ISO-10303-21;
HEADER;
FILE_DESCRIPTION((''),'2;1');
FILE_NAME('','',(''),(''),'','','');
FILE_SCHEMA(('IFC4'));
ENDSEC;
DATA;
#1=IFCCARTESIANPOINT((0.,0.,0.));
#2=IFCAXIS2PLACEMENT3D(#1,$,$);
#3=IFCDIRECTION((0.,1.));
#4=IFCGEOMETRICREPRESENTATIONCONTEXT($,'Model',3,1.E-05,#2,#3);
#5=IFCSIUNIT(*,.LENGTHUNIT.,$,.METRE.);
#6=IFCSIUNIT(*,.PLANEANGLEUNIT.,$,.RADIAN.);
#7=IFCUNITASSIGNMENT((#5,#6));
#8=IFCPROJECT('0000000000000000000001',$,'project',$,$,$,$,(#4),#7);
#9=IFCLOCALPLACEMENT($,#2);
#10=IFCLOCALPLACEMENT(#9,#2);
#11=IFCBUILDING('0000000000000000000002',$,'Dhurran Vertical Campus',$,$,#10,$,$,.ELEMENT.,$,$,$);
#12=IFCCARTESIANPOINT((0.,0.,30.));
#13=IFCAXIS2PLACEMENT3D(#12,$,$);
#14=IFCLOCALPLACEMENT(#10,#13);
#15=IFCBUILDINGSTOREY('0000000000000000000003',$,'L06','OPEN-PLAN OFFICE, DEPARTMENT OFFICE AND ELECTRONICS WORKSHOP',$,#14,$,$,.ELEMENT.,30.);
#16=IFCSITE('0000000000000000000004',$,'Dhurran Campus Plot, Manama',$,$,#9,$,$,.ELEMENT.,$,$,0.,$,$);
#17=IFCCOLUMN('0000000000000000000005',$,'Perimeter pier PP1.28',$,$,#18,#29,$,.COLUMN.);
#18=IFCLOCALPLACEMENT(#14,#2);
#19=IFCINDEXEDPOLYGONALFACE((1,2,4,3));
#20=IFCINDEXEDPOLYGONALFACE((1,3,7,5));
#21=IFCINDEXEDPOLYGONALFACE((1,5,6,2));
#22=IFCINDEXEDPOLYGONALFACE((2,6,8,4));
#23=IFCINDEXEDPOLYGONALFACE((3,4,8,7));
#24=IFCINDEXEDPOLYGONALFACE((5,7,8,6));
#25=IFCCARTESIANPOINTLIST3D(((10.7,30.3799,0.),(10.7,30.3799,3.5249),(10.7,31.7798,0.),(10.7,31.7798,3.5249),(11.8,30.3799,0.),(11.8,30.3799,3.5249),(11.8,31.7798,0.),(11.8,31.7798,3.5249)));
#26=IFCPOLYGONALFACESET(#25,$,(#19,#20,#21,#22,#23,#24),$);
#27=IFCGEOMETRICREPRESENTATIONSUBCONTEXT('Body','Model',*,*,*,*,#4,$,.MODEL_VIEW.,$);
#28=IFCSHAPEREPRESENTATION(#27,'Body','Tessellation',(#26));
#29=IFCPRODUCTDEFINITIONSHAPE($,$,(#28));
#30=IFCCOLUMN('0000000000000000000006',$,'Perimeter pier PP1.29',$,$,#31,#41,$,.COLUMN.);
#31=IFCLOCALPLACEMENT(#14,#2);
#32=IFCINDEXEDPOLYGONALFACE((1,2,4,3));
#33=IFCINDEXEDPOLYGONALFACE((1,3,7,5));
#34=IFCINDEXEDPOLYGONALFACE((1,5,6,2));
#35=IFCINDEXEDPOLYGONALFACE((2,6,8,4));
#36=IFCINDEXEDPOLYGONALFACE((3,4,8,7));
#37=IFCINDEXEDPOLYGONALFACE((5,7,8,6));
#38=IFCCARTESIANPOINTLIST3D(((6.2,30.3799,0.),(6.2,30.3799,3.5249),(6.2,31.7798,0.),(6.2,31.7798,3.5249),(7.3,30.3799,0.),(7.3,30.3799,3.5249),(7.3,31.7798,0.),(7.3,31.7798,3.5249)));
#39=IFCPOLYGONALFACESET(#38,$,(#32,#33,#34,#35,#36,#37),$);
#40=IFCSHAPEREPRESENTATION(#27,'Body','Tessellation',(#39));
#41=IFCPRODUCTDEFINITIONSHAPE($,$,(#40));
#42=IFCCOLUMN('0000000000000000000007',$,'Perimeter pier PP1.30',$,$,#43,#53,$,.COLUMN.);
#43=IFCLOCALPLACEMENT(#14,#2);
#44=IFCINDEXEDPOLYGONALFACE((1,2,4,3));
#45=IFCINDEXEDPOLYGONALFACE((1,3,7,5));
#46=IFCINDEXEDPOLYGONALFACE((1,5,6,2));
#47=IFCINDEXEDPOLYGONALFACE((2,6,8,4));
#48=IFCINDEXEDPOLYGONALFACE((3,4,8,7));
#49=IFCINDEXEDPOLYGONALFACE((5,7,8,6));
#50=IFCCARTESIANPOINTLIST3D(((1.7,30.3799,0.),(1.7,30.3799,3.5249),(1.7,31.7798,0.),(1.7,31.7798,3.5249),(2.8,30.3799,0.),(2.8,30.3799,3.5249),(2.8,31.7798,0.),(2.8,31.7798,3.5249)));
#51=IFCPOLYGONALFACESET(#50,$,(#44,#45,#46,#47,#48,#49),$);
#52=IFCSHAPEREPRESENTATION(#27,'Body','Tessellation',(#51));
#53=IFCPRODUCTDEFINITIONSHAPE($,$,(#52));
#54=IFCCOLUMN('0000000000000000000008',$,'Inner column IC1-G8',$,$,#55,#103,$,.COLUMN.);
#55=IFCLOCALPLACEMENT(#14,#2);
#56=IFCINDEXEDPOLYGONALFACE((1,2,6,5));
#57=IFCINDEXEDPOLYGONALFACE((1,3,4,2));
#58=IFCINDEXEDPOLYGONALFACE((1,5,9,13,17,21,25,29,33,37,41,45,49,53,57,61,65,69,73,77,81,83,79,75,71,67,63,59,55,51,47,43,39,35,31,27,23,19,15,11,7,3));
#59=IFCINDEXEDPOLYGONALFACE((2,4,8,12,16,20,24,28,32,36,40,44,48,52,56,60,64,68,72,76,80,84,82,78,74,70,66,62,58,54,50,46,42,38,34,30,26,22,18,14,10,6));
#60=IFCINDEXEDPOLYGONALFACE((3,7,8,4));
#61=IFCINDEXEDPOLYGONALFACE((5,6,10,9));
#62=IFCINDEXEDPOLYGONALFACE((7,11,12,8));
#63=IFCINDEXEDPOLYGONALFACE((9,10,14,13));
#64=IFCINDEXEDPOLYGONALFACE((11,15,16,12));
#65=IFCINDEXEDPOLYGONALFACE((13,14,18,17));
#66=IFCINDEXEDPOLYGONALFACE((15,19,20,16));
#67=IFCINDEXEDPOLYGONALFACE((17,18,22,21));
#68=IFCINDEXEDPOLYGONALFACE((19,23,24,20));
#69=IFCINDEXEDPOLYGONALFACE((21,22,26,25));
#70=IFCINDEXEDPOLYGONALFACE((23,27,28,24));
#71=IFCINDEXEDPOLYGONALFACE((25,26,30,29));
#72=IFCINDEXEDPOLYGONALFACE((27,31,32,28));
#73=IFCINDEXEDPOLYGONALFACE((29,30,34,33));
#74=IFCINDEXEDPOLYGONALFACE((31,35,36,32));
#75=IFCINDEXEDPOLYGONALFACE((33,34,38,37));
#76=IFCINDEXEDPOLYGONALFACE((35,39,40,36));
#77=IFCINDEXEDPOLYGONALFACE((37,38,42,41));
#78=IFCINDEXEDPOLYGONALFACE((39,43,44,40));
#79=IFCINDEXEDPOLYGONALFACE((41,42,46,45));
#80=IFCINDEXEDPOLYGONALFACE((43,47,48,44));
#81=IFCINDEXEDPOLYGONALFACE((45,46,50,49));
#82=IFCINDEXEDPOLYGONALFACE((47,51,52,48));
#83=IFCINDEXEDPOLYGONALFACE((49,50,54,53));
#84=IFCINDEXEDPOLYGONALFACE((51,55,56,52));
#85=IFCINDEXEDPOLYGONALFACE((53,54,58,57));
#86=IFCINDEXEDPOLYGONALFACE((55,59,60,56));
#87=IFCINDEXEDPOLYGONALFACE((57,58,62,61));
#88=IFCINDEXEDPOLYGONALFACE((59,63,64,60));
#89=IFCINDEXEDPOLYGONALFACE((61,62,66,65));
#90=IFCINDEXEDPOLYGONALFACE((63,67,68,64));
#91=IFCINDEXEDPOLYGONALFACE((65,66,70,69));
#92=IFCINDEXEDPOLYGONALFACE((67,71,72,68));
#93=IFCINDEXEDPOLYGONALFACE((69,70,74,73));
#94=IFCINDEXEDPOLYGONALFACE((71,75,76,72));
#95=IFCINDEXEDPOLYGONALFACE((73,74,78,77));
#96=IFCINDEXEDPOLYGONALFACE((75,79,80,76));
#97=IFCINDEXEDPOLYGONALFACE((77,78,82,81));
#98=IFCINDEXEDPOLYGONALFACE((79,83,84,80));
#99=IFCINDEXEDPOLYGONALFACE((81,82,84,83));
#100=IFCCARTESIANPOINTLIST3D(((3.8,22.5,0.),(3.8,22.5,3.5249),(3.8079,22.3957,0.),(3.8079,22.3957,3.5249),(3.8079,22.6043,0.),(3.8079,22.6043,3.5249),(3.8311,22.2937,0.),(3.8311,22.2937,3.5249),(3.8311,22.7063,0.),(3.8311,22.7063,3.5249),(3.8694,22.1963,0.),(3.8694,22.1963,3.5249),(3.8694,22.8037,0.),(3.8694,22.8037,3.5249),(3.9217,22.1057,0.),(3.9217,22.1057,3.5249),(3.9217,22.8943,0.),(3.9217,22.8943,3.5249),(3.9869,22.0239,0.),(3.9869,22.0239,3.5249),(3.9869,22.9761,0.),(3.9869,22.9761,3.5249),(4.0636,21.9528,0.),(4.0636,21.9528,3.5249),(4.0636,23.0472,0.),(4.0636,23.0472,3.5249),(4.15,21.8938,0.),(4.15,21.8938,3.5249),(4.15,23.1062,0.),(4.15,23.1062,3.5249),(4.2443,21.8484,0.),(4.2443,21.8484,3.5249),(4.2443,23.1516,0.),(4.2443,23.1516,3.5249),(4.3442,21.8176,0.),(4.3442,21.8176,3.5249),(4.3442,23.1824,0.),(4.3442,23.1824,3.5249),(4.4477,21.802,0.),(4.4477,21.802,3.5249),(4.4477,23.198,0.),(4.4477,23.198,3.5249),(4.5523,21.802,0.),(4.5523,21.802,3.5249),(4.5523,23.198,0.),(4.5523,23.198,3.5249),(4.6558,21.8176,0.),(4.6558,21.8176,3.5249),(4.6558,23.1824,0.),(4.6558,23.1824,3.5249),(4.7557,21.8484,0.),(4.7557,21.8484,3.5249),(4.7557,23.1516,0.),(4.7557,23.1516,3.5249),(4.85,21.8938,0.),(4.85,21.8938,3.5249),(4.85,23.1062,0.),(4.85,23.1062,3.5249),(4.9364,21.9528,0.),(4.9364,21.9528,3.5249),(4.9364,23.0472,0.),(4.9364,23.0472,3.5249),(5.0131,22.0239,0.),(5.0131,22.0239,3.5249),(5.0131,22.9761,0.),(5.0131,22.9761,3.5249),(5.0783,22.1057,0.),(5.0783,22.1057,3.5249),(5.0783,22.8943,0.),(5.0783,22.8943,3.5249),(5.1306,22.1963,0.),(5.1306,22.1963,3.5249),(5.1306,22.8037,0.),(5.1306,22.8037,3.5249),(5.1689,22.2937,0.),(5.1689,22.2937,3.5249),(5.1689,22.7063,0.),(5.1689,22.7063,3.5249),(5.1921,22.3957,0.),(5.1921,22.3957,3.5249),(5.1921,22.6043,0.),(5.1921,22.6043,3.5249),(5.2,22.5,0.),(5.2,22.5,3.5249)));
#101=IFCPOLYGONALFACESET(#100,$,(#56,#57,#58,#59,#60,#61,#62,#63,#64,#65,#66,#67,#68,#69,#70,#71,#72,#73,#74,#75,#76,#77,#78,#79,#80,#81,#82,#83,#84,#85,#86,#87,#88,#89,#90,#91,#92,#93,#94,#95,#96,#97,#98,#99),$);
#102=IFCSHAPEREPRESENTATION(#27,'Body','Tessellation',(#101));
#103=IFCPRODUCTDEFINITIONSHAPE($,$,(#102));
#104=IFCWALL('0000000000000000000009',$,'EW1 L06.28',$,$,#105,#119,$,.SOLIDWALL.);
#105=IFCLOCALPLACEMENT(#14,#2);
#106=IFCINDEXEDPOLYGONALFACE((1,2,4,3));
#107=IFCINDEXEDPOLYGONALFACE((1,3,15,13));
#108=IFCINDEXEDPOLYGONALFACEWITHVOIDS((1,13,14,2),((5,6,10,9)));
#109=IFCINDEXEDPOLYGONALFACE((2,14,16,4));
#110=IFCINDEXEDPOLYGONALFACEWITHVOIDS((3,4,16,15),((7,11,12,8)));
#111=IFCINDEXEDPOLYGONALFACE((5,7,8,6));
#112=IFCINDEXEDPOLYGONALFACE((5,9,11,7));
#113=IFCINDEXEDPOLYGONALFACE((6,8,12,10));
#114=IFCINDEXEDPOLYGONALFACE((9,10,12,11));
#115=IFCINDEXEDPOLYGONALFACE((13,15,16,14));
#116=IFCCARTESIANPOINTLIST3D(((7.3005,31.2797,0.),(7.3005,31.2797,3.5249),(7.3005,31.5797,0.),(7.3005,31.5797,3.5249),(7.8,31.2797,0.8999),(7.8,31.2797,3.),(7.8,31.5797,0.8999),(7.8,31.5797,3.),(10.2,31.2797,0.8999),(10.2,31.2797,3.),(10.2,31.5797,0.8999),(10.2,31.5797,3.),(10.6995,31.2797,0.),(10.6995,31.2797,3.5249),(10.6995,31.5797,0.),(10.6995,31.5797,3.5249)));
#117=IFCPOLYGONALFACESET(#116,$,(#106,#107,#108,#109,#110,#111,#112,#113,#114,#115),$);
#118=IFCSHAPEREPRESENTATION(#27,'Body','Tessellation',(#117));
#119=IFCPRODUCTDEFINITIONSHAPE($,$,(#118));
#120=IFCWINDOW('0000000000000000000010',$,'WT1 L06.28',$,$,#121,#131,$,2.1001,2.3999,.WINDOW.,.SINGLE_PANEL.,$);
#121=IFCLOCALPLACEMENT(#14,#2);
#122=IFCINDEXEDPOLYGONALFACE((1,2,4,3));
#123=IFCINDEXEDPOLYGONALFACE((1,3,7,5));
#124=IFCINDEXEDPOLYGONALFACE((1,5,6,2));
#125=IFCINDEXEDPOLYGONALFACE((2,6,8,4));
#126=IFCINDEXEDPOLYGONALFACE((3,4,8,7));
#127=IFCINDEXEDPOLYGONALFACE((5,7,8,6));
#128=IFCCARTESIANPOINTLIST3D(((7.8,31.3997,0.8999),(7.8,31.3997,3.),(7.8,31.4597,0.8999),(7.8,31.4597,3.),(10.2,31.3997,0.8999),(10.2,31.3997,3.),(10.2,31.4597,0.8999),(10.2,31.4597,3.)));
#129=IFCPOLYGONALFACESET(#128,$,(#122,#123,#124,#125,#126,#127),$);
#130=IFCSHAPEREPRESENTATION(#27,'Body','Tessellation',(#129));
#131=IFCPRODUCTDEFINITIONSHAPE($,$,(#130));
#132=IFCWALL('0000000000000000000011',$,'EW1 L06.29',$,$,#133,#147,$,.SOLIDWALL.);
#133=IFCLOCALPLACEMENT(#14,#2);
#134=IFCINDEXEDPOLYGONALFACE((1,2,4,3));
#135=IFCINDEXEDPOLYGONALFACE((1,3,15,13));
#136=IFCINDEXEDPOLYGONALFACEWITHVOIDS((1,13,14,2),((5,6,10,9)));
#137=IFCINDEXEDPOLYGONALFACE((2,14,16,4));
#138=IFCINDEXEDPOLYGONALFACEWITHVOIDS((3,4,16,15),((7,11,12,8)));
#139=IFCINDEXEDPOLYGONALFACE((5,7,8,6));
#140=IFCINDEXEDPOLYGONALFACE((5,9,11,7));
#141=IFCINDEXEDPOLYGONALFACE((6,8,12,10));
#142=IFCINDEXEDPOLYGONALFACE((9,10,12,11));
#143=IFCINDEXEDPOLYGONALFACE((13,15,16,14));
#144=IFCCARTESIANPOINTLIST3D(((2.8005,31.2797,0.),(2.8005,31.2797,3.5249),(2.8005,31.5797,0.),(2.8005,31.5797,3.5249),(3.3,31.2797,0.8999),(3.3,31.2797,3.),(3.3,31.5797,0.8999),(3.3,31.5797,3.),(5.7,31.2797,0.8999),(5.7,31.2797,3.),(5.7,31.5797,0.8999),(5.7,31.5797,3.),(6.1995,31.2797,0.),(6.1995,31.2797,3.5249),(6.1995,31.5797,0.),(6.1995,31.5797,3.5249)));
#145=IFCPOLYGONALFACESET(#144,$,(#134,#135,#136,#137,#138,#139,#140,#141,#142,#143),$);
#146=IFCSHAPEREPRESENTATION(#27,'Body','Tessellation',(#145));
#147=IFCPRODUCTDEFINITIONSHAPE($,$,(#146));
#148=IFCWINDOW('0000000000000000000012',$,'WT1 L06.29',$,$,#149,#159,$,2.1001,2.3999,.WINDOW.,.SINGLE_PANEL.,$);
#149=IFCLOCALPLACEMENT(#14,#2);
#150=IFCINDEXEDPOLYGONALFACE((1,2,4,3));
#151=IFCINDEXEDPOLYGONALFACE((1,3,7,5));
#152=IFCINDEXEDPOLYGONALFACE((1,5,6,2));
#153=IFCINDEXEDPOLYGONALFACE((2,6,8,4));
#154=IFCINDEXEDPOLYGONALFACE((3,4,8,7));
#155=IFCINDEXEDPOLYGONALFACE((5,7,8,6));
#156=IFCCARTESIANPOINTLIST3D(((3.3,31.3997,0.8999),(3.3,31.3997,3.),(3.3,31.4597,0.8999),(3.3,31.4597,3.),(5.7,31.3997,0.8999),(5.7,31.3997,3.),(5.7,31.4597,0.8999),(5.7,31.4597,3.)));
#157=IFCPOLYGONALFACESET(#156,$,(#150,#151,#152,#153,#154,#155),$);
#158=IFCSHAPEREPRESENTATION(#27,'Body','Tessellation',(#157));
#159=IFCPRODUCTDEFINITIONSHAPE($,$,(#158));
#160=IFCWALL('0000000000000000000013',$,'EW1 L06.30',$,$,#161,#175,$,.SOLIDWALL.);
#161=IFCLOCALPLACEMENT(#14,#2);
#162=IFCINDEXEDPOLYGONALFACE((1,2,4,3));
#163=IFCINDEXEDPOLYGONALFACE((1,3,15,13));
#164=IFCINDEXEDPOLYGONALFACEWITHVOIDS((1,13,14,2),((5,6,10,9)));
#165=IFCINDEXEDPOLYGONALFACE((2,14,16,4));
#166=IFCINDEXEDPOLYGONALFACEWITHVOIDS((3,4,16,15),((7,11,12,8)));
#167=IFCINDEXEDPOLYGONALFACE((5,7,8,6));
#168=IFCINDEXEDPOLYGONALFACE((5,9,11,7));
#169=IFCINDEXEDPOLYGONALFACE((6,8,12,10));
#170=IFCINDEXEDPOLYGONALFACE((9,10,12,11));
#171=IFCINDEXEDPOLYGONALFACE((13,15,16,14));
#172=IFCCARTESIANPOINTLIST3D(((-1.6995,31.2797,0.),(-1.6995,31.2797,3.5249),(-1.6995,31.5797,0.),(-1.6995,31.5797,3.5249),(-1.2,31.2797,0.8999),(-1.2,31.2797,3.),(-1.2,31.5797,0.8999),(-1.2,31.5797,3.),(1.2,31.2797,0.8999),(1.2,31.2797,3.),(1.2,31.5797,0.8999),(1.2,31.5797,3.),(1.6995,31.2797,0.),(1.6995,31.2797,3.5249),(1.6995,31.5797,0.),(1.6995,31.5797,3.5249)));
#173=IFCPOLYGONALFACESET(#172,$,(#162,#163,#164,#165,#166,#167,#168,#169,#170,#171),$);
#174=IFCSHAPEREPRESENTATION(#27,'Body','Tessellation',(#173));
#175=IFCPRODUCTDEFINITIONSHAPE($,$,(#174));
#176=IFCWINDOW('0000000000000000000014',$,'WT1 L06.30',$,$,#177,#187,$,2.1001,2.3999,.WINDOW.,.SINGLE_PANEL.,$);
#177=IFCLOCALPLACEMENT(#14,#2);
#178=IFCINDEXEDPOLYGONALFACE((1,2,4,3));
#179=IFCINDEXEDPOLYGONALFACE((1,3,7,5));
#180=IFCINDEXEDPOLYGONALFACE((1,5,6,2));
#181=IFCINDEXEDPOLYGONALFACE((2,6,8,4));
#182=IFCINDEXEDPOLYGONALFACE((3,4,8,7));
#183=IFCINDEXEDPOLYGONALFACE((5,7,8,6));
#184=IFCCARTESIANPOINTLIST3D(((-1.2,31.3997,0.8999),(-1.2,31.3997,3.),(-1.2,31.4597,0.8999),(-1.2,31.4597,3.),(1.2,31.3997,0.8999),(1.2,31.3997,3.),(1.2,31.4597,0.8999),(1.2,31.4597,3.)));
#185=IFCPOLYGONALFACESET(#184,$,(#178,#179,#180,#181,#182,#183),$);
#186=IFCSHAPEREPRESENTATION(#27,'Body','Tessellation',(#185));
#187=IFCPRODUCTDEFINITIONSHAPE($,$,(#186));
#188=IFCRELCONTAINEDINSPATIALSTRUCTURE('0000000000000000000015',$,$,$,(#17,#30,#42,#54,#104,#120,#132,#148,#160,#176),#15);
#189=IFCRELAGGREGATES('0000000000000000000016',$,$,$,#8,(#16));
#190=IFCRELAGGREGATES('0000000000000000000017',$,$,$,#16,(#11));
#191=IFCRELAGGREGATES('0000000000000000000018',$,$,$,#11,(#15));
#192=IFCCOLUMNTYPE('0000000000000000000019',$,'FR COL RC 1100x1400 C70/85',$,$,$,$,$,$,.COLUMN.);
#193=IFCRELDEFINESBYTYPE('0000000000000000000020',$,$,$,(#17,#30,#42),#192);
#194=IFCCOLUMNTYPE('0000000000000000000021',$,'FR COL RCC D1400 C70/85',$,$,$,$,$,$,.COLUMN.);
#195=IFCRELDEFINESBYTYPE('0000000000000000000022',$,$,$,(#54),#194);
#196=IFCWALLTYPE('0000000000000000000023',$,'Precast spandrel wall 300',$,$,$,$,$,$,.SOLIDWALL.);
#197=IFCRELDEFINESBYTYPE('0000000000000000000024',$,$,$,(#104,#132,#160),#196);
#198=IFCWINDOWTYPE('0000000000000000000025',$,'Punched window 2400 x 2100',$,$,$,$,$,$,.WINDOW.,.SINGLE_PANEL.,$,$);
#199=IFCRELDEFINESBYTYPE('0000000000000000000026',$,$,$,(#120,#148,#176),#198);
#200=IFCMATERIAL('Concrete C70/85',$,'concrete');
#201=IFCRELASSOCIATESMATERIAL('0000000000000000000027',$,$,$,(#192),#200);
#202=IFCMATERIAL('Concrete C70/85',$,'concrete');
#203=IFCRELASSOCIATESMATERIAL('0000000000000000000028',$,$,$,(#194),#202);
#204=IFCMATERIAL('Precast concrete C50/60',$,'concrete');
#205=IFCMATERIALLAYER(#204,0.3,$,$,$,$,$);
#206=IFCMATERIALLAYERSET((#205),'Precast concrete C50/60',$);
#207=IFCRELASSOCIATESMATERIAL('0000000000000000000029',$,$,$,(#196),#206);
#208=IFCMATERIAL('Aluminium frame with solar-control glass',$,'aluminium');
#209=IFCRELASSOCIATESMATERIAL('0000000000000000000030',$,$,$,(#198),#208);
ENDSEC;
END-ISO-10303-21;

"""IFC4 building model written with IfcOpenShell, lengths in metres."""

from ifc_helpers import new_model, si_unit, direction, frame, frame_2d, origin, origin_2d, place, context, subcontext, project, spatial, rectangle, circle, extrude, material, layer, layer_set, material_profile, profile_set, type_object, element, fill, save


model = new_model("IFC4")

# Units and contexts
model_context = context("Model", 3, precision=1e-05, world=origin(), true_north=direction((0.0, 1.0)))
body_context = subcontext(model_context, "Body", "Model", "MODEL_VIEW")
ifc_project = project(units=[si_unit("LENGTHUNIT", "METRE"), si_unit("PLANEANGLEUNIT", "RADIAN")], contexts=[model_context])

# Site, building, storey
site_placement = place(None, origin())
site = spatial("IfcSite", under=ifc_project, at=site_placement, Name="Dhurran Campus Plot, Manama", CompositionType="ELEMENT", RefElevation=0.0)
building_placement = place(site_placement, origin())
building = spatial("IfcBuilding", under=site, at=building_placement, Name="Dhurran Vertical Campus", CompositionType="ELEMENT")
storey_placement = place(building_placement, frame((0.0, 0.0, 30.0)))
storey = spatial("IfcBuildingStorey", under=building, at=storey_placement, Name="L06", Description="OPEN-PLAN OFFICE, DEPARTMENT OFFICE AND ELECTRONICS WORKSHOP", CompositionType="ELEMENT", Elevation=30.0)

# Columns
ifc_material_1 = material(Name="Concrete C70/85", Category="concrete")
ifc_material_profile_1 = material_profile(ifc_material_1, rectangle(XDim=1.1001, YDim=1.3999, at=origin_2d()), Name="RC 1100x1400")
ifc_profile_set_1 = profile_set([ifc_material_profile_1], Name="Concrete C70/85")
column_type_1 = type_object("IfcColumnType", Name="FR COL RC 1100x1400 C70/85", PredefinedType="COLUMN", material=ifc_profile_set_1)
for number, where, z_axis, x_axis, name in (
    (1, (11.25, 31.0798, 0.0), (0.0, 0.0, 1.0), (-1.0, 0.0, 0.0), "Perimeter pier PP1.28"),
    (2, (6.75, 31.0798, 0.0), (0.0, 0.0, 1.0), (-1.0, 0.0, 0.0), "Perimeter pier PP1.29"),
    (3, (2.25, 31.0798, 0.0), (0.0, 0.0, 1.0), (-1.0, 0.0, 0.0), "Perimeter pier PP1.30"),
):
    element("IfcColumn", number, at=place(storey_placement, frame(where, z_axis=z_axis, x_axis=x_axis)), inside=storey, type_object=column_type_1, Name=name, PredefinedType="COLUMN", context=body_context, shape_type="SweptSolid", body=[
        extrude(rectangle(XDim=1.1001, YDim=1.3999, at=origin_2d()), origin(), (0.0, 0.0, 1.0), 3.5249),
    ])
ifc_material_2 = material(Name="Concrete C70/85", Category="concrete")
ifc_material_profile_2 = material_profile(ifc_material_2, circle(Radius=0.7, at=origin_2d()), Name="RCC D1400")
ifc_profile_set_2 = profile_set([ifc_material_profile_2], Name="Concrete C70/85")
column_type_2 = type_object("IfcColumnType", Name="FR COL RCC D1400 C70/85", PredefinedType="COLUMN", material=ifc_profile_set_2)
column_placement = place(storey_placement, frame((4.5, 22.5, 0.0), z_axis=(0.0, 0.0, 1.0), x_axis=(1.0, 0.0, 0.0)))
element("IfcColumn", 4, at=column_placement, inside=storey, type_object=column_type_2, Name="Inner column IC1-G8", PredefinedType="COLUMN", context=body_context, shape_type="SweptSolid", body=[
    extrude(circle(Radius=0.7, at=origin_2d()), origin(), (0.0, 0.0, 1.0), 3.5249),
])

# Walls, openings, windows
ifc_material_3 = material(Name="Precast concrete C50/60", Category="concrete")
ifc_layer_1 = layer(ifc_material_3, 0.3)
ifc_layer_set_1 = layer_set([ifc_layer_1], Name="Precast concrete C50/60")
wall_type_1 = type_object("IfcWallType", Name="Precast spandrel wall 300", PredefinedType="SOLIDWALL", material=ifc_layer_set_1)
wall_1_placement = place(storey_placement, frame((10.6995, 31.4297, 0.0), z_axis=(0.0, 0.0, 1.0), x_axis=(-1.0, 0.0, 0.0)))
wall_1 = element("IfcWall", 5, at=wall_1_placement, inside=storey, type_object=wall_type_1, Name="EW1 L06.28", PredefinedType="SOLIDWALL", context=body_context, shape_type="SweptSolid", body=[
    extrude(rectangle(XDim=3.3989, YDim=0.3, at=frame_2d((1.6995, 0.0))), origin(), (0.0, 0.0, 1.0), 3.5249),
])
opening_1_placement = place(wall_1_placement, frame((0.4995, 0.0, 0.8999)))
opening_1 = element("IfcOpeningElement", 6, at=opening_1_placement, cuts=wall_1, PredefinedType="OPENING", context=body_context, shape_type="SweptSolid", body=[
    extrude(rectangle(XDim=2.3999, YDim=2.1001, at=frame_2d((1.2, 1.05))), frame((0.0, 0.1599, 0.0), z_axis=(0.0, -1.0, 0.0), x_axis=(1.0, 0.0, 0.0)), (0.0, 0.0, 1.0), 0.3201),
])
ifc_material_4 = material(Name="Aluminium frame with solar-control glass", Category="aluminium")
window_type = type_object("IfcWindowType", Name="Punched window 2400 x 2100", PartitioningType="SINGLE_PANEL", PredefinedType="WINDOW", material=ifc_material_4)
window_1_placement = place(opening_1_placement, origin())
window_1 = element("IfcWindow", 7, at=window_1_placement, inside=storey, type_object=window_type, Name="WT1 L06.28", OverallHeight=2.1001, OverallWidth=2.3999, PartitioningType="SINGLE_PANEL", PredefinedType="WINDOW", context=body_context, shape_type="SweptSolid", body=[
    extrude(rectangle(XDim=2.3999, YDim=2.1001, at=frame_2d((1.2, 1.05))), frame((0.0, 0.03, 0.0), z_axis=(0.0, -1.0, 0.0), x_axis=(1.0, 0.0, 0.0)), (0.0, 0.0, 1.0), 0.0601),
])
fill(opening_1, window_1)
wall_2_placement = place(storey_placement, frame((6.1995, 31.4297, 0.0), z_axis=(0.0, 0.0, 1.0), x_axis=(-1.0, 0.0, 0.0)))
wall_2 = element("IfcWall", 8, at=wall_2_placement, inside=storey, type_object=wall_type_1, Name="EW1 L06.29", PredefinedType="SOLIDWALL", context=body_context, shape_type="SweptSolid", body=[
    extrude(rectangle(XDim=3.3989, YDim=0.3, at=frame_2d((1.6995, 0.0))), origin(), (0.0, 0.0, 1.0), 3.5249),
])
opening_2_placement = place(wall_2_placement, frame((0.4995, 0.0, 0.8999)))
opening_2 = element("IfcOpeningElement", 9, at=opening_2_placement, cuts=wall_2, PredefinedType="OPENING", context=body_context, shape_type="SweptSolid", body=[
    extrude(rectangle(XDim=2.3999, YDim=2.1001, at=frame_2d((1.2, 1.05))), frame((0.0, 0.1599, 0.0), z_axis=(0.0, -1.0, 0.0), x_axis=(1.0, 0.0, 0.0)), (0.0, 0.0, 1.0), 0.3201),
])
window_2_placement = place(opening_2_placement, origin())
window_2 = element("IfcWindow", 10, at=window_2_placement, inside=storey, type_object=window_type, Name="WT1 L06.29", OverallHeight=2.1001, OverallWidth=2.3999, PartitioningType="SINGLE_PANEL", PredefinedType="WINDOW", context=body_context, shape_type="SweptSolid", body=[
    extrude(rectangle(XDim=2.3999, YDim=2.1001, at=frame_2d((1.2, 1.05))), frame((0.0, 0.03, 0.0), z_axis=(0.0, -1.0, 0.0), x_axis=(1.0, 0.0, 0.0)), (0.0, 0.0, 1.0), 0.0601),
])
fill(opening_2, window_2)
wall_3_placement = place(storey_placement, frame((1.6995, 31.4297, 0.0), z_axis=(0.0, 0.0, 1.0), x_axis=(-1.0, 0.0, 0.0)))
wall_3 = element("IfcWall", 11, at=wall_3_placement, inside=storey, type_object=wall_type_1, Name="EW1 L06.30", PredefinedType="SOLIDWALL", context=body_context, shape_type="SweptSolid", body=[
    extrude(rectangle(XDim=3.3989, YDim=0.3, at=frame_2d((1.6995, 0.0))), origin(), (0.0, 0.0, 1.0), 3.5249),
])
opening_3_placement = place(wall_3_placement, frame((0.4995, 0.0, 0.8999)))
opening_3 = element("IfcOpeningElement", 12, at=opening_3_placement, cuts=wall_3, PredefinedType="OPENING", context=body_context, shape_type="SweptSolid", body=[
    extrude(rectangle(XDim=2.3999, YDim=2.1001, at=frame_2d((1.2, 1.05))), frame((0.0, 0.1599, 0.0), z_axis=(0.0, -1.0, 0.0), x_axis=(1.0, 0.0, 0.0)), (0.0, 0.0, 1.0), 0.3201),
])
window_3_placement = place(opening_3_placement, origin())
window_3 = element("IfcWindow", 13, at=window_3_placement, inside=storey, type_object=window_type, Name="WT1 L06.30", OverallHeight=2.1001, OverallWidth=2.3999, PartitioningType="SINGLE_PANEL", PredefinedType="WINDOW", context=body_context, shape_type="SweptSolid", body=[
    extrude(rectangle(XDim=2.3999, YDim=2.1001, at=frame_2d((1.2, 1.05))), frame((0.0, 0.03, 0.0), z_axis=(0.0, -1.0, 0.0), x_axis=(1.0, 0.0, 0.0)), (0.0, 0.0, 1.0), 0.0601),
])
fill(opening_3, window_3)

save(model, "model.ifc")
